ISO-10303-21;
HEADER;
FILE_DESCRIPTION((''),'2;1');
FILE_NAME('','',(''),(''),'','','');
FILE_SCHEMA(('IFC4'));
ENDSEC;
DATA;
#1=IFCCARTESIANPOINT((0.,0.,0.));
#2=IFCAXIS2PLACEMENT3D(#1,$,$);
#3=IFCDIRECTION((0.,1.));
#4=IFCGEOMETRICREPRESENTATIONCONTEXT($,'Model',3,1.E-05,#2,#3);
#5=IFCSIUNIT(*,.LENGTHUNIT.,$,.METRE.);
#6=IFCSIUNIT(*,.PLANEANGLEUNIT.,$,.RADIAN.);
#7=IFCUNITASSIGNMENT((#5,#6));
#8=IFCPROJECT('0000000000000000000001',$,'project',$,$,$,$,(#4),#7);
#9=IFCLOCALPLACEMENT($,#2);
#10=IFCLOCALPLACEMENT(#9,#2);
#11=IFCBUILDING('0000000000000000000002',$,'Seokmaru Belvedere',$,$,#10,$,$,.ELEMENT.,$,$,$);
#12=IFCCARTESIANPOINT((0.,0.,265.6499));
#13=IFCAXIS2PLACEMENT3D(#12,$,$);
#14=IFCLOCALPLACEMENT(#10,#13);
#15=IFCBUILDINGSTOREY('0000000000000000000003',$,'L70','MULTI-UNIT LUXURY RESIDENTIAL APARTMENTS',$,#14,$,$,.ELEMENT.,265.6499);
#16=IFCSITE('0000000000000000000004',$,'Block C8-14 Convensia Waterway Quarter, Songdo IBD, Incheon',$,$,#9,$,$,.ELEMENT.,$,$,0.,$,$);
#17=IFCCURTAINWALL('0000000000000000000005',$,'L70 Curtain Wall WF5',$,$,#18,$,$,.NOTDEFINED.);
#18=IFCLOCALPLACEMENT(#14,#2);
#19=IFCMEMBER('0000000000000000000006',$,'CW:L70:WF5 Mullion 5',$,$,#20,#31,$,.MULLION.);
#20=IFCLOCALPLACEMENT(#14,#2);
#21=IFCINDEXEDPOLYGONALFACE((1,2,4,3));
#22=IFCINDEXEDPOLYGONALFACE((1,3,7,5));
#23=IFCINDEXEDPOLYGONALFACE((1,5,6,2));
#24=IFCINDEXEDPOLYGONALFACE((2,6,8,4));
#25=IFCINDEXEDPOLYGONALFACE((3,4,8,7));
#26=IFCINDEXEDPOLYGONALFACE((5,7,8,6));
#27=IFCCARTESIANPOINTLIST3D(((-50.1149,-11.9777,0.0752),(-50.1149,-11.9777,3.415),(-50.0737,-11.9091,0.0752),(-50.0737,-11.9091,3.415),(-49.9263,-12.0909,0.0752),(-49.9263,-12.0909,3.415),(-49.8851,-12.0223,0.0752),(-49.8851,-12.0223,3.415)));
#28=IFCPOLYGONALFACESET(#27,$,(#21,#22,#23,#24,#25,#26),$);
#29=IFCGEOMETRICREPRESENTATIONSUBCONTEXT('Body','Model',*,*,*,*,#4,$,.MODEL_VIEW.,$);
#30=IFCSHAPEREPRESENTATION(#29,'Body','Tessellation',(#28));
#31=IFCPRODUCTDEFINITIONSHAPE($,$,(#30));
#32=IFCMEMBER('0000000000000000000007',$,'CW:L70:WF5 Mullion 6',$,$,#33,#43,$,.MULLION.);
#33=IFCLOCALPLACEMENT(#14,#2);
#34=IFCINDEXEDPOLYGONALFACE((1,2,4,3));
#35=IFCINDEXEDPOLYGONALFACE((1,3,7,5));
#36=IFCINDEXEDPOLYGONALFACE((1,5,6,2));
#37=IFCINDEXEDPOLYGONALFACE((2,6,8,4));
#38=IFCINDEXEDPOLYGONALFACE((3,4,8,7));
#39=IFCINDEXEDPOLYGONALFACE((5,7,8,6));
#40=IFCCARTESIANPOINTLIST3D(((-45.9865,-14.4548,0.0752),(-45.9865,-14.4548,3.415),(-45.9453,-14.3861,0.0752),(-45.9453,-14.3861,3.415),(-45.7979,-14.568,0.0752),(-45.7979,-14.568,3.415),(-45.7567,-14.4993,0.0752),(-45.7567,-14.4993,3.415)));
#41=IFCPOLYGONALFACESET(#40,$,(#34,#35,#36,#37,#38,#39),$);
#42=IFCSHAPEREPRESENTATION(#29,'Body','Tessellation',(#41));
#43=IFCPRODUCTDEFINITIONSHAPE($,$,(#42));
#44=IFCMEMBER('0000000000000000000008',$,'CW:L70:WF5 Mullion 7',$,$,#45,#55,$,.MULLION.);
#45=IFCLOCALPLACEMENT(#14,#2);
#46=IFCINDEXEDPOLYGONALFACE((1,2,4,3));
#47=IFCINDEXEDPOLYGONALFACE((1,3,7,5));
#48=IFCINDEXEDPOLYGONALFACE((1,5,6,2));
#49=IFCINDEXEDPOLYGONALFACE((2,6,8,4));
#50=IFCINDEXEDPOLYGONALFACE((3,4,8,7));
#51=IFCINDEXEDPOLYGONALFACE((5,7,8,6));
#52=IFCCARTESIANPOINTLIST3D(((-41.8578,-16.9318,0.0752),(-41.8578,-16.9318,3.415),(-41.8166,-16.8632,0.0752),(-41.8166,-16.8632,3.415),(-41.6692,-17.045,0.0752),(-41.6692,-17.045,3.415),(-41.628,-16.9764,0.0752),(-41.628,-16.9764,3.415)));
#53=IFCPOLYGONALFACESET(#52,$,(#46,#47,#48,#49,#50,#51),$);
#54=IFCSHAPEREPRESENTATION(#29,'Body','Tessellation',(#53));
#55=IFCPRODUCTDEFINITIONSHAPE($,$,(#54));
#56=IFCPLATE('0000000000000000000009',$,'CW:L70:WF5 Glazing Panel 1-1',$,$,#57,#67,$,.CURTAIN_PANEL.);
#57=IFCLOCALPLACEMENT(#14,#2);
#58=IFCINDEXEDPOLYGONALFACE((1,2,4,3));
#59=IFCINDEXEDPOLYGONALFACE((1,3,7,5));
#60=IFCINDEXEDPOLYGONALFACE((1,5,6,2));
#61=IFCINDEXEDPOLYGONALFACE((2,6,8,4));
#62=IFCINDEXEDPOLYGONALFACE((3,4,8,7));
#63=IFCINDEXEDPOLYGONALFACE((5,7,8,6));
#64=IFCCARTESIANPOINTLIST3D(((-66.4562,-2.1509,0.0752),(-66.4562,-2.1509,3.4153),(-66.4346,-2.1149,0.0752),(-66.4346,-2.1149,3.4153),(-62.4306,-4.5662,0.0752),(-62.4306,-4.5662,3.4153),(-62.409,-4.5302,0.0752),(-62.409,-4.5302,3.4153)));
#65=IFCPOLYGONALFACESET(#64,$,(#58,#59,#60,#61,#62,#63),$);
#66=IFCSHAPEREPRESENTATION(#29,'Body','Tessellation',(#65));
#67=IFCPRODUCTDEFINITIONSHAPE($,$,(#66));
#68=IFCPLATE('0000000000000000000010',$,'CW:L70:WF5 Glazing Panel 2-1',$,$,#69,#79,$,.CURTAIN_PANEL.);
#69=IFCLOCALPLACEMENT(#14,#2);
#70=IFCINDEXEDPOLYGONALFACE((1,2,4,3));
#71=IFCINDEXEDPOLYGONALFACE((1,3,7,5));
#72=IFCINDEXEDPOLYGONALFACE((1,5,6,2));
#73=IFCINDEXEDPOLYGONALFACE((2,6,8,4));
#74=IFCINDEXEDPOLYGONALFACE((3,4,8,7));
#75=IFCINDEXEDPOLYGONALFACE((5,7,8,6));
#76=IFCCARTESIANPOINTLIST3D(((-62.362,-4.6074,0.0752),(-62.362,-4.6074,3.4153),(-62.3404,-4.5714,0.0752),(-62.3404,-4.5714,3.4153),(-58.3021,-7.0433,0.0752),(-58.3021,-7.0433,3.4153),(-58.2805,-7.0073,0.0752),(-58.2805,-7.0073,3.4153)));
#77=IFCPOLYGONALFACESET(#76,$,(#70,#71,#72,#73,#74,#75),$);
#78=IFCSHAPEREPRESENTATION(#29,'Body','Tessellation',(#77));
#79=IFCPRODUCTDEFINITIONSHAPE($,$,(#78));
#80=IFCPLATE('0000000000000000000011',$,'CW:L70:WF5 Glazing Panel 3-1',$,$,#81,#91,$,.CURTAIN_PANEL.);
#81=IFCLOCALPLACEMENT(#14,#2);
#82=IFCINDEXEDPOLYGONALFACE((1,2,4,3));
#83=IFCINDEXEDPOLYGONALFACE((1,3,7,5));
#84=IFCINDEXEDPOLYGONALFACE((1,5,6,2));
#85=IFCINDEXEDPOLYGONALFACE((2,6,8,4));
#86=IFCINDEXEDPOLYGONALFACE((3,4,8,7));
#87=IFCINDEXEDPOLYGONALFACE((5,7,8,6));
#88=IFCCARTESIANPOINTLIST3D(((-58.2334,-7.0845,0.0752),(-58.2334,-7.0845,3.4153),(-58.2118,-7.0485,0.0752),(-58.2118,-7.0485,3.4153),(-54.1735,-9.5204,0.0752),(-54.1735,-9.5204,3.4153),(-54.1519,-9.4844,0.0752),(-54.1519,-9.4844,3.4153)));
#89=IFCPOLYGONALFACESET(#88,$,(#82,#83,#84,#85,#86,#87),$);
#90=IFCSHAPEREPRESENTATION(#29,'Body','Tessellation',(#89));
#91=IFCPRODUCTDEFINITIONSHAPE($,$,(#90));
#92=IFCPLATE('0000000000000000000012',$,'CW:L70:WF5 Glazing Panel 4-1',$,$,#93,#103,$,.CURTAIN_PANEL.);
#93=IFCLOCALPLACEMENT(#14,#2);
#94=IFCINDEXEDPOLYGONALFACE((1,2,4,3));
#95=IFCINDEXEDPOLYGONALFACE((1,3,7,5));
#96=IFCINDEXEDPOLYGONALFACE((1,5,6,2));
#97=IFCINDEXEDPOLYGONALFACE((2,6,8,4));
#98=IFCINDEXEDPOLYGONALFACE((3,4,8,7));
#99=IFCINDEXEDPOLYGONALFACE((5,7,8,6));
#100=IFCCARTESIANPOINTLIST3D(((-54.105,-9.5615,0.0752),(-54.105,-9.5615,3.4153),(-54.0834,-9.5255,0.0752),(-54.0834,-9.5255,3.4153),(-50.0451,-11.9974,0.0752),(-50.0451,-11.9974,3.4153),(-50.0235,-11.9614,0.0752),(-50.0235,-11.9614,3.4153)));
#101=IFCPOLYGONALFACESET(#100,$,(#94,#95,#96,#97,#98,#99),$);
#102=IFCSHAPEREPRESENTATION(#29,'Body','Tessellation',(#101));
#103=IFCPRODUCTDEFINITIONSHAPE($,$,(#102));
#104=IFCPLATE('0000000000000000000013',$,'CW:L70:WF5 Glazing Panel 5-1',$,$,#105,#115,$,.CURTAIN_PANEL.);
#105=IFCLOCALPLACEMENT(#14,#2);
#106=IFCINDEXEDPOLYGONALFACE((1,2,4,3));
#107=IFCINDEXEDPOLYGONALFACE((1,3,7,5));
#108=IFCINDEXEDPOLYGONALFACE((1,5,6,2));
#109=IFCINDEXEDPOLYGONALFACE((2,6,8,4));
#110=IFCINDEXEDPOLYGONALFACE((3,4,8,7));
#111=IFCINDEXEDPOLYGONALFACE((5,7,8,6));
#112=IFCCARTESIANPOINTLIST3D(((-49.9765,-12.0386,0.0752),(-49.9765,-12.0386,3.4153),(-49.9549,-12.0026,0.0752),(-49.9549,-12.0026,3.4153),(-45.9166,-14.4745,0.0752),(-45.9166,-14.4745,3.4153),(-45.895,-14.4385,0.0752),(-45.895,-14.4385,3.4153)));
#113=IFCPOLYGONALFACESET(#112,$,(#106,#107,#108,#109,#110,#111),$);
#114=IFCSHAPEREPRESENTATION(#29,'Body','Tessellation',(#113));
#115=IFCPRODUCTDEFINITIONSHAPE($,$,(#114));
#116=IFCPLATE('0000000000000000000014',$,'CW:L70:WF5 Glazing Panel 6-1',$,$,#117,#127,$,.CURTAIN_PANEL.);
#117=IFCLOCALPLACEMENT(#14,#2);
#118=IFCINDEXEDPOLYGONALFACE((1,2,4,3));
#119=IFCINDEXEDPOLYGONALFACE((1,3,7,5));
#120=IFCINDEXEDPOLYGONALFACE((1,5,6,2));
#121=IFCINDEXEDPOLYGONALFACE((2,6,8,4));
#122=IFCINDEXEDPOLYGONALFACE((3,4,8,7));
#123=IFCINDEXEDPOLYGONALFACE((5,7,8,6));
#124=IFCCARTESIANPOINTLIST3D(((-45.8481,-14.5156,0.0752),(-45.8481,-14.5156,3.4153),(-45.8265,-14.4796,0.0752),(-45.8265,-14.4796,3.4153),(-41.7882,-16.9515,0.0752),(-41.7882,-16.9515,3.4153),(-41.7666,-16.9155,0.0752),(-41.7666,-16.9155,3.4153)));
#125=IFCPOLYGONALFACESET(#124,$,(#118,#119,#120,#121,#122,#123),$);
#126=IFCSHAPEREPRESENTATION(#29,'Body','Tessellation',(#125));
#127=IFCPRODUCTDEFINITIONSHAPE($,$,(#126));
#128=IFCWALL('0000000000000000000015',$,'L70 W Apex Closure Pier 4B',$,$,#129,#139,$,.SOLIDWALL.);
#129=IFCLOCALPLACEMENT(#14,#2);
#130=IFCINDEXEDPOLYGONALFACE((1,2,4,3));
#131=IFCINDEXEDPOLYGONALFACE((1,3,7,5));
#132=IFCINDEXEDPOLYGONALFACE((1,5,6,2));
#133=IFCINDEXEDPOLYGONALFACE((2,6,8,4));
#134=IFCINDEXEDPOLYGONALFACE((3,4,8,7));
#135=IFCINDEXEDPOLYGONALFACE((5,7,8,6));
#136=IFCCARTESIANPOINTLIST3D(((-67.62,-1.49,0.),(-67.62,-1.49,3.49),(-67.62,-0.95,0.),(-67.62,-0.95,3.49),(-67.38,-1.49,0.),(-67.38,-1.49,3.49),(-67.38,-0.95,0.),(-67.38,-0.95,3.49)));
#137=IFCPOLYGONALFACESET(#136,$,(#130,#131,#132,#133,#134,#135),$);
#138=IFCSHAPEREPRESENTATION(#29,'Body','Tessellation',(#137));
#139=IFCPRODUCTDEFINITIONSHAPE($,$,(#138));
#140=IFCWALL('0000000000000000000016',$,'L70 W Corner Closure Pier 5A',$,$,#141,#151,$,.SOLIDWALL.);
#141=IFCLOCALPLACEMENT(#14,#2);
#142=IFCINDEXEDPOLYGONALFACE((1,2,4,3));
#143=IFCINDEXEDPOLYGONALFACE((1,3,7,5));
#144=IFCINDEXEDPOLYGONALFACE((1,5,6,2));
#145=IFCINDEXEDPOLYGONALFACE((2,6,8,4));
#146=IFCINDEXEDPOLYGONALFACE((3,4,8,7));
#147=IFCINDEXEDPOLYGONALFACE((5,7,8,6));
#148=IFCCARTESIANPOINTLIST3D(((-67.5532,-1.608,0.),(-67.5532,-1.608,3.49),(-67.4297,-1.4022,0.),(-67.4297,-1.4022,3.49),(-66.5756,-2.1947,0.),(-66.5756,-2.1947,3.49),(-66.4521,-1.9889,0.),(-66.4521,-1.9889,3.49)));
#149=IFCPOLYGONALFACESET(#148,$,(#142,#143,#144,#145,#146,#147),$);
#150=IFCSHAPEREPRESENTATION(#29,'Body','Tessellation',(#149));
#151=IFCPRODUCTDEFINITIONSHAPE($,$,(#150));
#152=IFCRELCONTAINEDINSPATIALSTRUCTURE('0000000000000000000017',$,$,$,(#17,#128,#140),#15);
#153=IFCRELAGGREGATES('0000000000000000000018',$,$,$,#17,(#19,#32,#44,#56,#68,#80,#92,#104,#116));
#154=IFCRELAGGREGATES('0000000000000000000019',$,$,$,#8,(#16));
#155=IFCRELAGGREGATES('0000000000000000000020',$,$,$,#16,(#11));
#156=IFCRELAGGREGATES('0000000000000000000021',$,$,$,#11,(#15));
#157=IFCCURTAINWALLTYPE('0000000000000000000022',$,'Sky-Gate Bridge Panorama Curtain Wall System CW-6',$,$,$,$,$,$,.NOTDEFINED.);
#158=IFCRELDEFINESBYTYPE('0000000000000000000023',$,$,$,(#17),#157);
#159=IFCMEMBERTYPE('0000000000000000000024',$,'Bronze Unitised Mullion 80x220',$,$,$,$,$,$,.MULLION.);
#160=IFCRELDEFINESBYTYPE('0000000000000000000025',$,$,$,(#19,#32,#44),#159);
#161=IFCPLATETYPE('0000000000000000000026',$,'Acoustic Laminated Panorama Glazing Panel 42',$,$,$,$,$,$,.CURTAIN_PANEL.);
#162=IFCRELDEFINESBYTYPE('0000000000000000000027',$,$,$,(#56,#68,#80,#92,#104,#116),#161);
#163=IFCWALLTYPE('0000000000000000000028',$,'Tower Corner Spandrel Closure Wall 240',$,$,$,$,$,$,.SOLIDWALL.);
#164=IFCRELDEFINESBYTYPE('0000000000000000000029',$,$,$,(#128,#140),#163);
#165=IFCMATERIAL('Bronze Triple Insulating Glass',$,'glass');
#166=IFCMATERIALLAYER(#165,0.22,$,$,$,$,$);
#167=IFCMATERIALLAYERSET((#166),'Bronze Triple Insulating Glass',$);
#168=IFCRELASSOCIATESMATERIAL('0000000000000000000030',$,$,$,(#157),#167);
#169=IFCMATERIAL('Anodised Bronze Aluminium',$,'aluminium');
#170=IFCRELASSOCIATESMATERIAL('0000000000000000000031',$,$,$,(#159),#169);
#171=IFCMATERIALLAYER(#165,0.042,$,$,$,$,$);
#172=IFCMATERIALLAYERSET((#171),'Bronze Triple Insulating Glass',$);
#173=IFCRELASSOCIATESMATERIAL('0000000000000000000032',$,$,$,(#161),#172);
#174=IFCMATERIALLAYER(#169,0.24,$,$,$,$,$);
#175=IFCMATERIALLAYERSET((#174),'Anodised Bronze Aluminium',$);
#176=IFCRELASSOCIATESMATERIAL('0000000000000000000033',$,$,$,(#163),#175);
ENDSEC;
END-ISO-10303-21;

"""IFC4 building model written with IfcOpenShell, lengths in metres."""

from ifc_helpers import new_model, si_unit, direction, frame, frame_2d, origin, origin_2d, place, context, subcontext, project, spatial, rectangle, extrude, source, transform, mapped, material, layer, layer_set, material_profile, profile_set, type_object, type_shapes, element, aggregate, save


model = new_model("IFC4")

# Units and contexts
model_context = context("Model", 3, precision=1e-05, world=origin(), true_north=direction((0.0, 1.0)))
body_context = subcontext(model_context, "Body", "Model", "MODEL_VIEW")
ifc_project = project(units=[si_unit("LENGTHUNIT", "METRE"), si_unit("PLANEANGLEUNIT", "RADIAN")], contexts=[model_context])

# Site, building, storey
site_placement = place(None, origin())
site = spatial("IfcSite", under=ifc_project, at=site_placement, Name="Block C8-14 Convensia Waterway Quarter, Songdo IBD, Incheon", CompositionType="ELEMENT", RefElevation=0.0)
building_placement = place(site_placement, origin())
building = spatial("IfcBuilding", under=site, at=building_placement, Name="Seokmaru Belvedere", CompositionType="ELEMENT")
storey_placement = place(building_placement, frame((0.0, 0.0, 265.6499)))
storey = spatial("IfcBuildingStorey", under=building, at=storey_placement, Name="L70", Description="MULTI-UNIT LUXURY RESIDENTIAL APARTMENTS", CompositionType="ELEMENT", Elevation=265.6499)

# Curtain wall, members, plates
ifc_material_1 = material(Name="Bronze Triple Insulating Glass", Category="glass")
ifc_layer_1 = layer(ifc_material_1, 0.22)
ifc_layer_set_1 = layer_set([ifc_layer_1], Name="Bronze Triple Insulating Glass")
curtain_wall_type = type_object("IfcCurtainWallType", Name="Sky-Gate Bridge Panorama Curtain Wall System CW-6", PredefinedType="NOTDEFINED", material=ifc_layer_set_1)
curtain_wall_placement = place(storey_placement, origin())
curtain_wall = element("IfcCurtainWall", 1, at=curtain_wall_placement, inside=storey, type_object=curtain_wall_type, Name="L70 Curtain Wall WF5", PredefinedType="NOTDEFINED")
ifc_material_2 = material(Name="Anodised Bronze Aluminium", Category="aluminium")
ifc_material_profile_1 = material_profile(ifc_material_2, rectangle(XDim=0.0801, YDim=0.22, at=origin_2d()), Name="CW-M-80x220")
ifc_profile_set_1 = profile_set([ifc_material_profile_1], Name="Anodised Bronze Aluminium")
member_type_1 = type_object("IfcMemberType", Name="Bronze Unitised Mullion 80x220", PredefinedType="MULLION", material=ifc_profile_set_1)
shared_shape_1 = source(origin(), body_context, "Body", "SweptSolid", [
    extrude(rectangle(XDim=0.0801, YDim=0.22, at=origin_2d()), origin(), (0.0, 0.0, 1.0), 3.3398),
])
member_1_placement = place(storey_placement, frame((-50.0, -12.0, 0.0752), z_axis=(0.0, 0.0, 1.0), x_axis=(0.514495, 0.857493, 0.0)))
member_1 = element("IfcMember", 2, at=member_1_placement, type_object=member_type_1, Name="CW:L70:WF5 Mullion 5", PredefinedType="MULLION", context=body_context, shape_type="MappedRepresentation", body=[
    mapped(shared_shape_1, transform((0.0, 0.0, 0.0), scale=1.0)),
])
member_2_placement = place(storey_placement, frame((-45.8716, -14.4771, 0.0752), z_axis=(0.0, 0.0, 1.0), x_axis=(0.514495, 0.857493, 0.0)))
member_2 = element("IfcMember", 3, at=member_2_placement, type_object=member_type_1, Name="CW:L70:WF5 Mullion 6", PredefinedType="MULLION", context=body_context, shape_type="MappedRepresentation", body=[
    mapped(shared_shape_1, transform((0.0, 0.0, 0.0), scale=1.0)),
])
member_3_placement = place(storey_placement, frame((-41.7429, -16.9541, 0.0752), z_axis=(0.0, 0.0, 1.0), x_axis=(0.514495, 0.857493, 0.0)))
member_3 = element("IfcMember", 4, at=member_3_placement, type_object=member_type_1, Name="CW:L70:WF5 Mullion 7", PredefinedType="MULLION", context=body_context, shape_type="MappedRepresentation", body=[
    mapped(shared_shape_1, transform((0.0, 0.0, 0.0), scale=1.0)),
])
ifc_layer_2 = layer(ifc_material_1, 0.042)
ifc_layer_set_2 = layer_set([ifc_layer_2], Name="Bronze Triple Insulating Glass")
plate_type = type_object("IfcPlateType", Name="Acoustic Laminated Panorama Glazing Panel 42", PredefinedType="CURTAIN_PANEL", material=ifc_layer_set_2)
shared_shape_2 = source(origin(), body_context, "Body", "SweptSolid", [
    extrude(rectangle(XDim=4.6946, YDim=0.042, at=origin_2d()), origin(), (0.0, 0.0, 1.0), 3.3401),
])
plate_1_placement = place(storey_placement, frame((-64.4326, -3.3406, 0.0752), z_axis=(0.0, 0.0, 1.0), x_axis=(0.857493, -0.514495, 0.0)))
plate_1 = element("IfcPlate", 5, at=plate_1_placement, type_object=plate_type, Name="CW:L70:WF5 Glazing Panel 1-1", PredefinedType="CURTAIN_PANEL", context=body_context, shape_type="MappedRepresentation", body=[
    mapped(shared_shape_2, transform((0.0, 0.0, 0.0), scale=1.0)),
])
shared_shape_3 = source(origin(), body_context, "Body", "SweptSolid", [
    extrude(rectangle(XDim=4.7346, YDim=0.042, at=origin_2d()), origin(), (0.0, 0.0, 1.0), 3.3401),
])
type_shapes(plate_type, [shared_shape_2, shared_shape_3])
plate_2_placement = place(storey_placement, frame((-60.3213, -5.8074, 0.0752), z_axis=(0.0, 0.0, 1.0), x_axis=(0.857493, -0.514495, 0.0)))
plate_2 = element("IfcPlate", 6, at=plate_2_placement, type_object=plate_type, Name="CW:L70:WF5 Glazing Panel 2-1", PredefinedType="CURTAIN_PANEL", context=body_context, shape_type="MappedRepresentation", body=[
    mapped(shared_shape_3, transform((0.0, 0.0, 0.0), scale=1.0)),
])
plate_3_placement = place(storey_placement, frame((-56.1926, -8.2844, 0.0752), z_axis=(0.0, 0.0, 1.0), x_axis=(0.857493, -0.514495, 0.0)))
plate_3 = element("IfcPlate", 7, at=plate_3_placement, type_object=plate_type, Name="CW:L70:WF5 Glazing Panel 3-1", PredefinedType="CURTAIN_PANEL", context=body_context, shape_type="MappedRepresentation", body=[
    mapped(shared_shape_3, transform((0.0, 0.0, 0.0), scale=1.0)),
])
plate_4_placement = place(storey_placement, frame((-52.0642, -10.7615, 0.0752), z_axis=(0.0, 0.0, 1.0), x_axis=(0.857493, -0.514495, 0.0)))
plate_4 = element("IfcPlate", 8, at=plate_4_placement, type_object=plate_type, Name="CW:L70:WF5 Glazing Panel 4-1", PredefinedType="CURTAIN_PANEL", context=body_context, shape_type="MappedRepresentation", body=[
    mapped(shared_shape_3, transform((0.0, 0.0, 0.0), scale=1.0)),
])
plate_5_placement = place(storey_placement, frame((-47.9358, -13.2385, 0.0752), z_axis=(0.0, 0.0, 1.0), x_axis=(0.857493, -0.514495, 0.0)))
plate_5 = element("IfcPlate", 9, at=plate_5_placement, type_object=plate_type, Name="CW:L70:WF5 Glazing Panel 5-1", PredefinedType="CURTAIN_PANEL", context=body_context, shape_type="MappedRepresentation", body=[
    mapped(shared_shape_3, transform((0.0, 0.0, 0.0), scale=1.0)),
])
plate_6_placement = place(storey_placement, frame((-43.8074, -15.7156, 0.0752), z_axis=(0.0, 0.0, 1.0), x_axis=(0.857493, -0.514495, 0.0)))
plate_6 = element("IfcPlate", 10, at=plate_6_placement, type_object=plate_type, Name="CW:L70:WF5 Glazing Panel 6-1", PredefinedType="CURTAIN_PANEL", context=body_context, shape_type="MappedRepresentation", body=[
    mapped(shared_shape_3, transform((0.0, 0.0, 0.0), scale=1.0)),
])
aggregate(curtain_wall, [member_1, member_2, member_3, plate_1, plate_2, plate_3, plate_4, plate_5, plate_6])

# Walls
ifc_layer_3 = layer(ifc_material_2, 0.24)
ifc_layer_set_3 = layer_set([ifc_layer_3], Name="Anodised Bronze Aluminium")
wall_type = type_object("IfcWallType", Name="Tower Corner Spandrel Closure Wall 240", PredefinedType="SOLIDWALL", material=ifc_layer_set_3)
wall_1_placement = place(storey_placement, frame((-67.5, -0.95, 0.0), z_axis=(0.0, 0.0, 1.0), x_axis=(0.0, -1.0, 0.0)))
element("IfcWall", 11, at=wall_1_placement, inside=storey, type_object=wall_type, Name="L70 W Apex Closure Pier 4B", PredefinedType="SOLIDWALL", context=body_context, shape_type="SweptSolid", body=[
    extrude(rectangle(XDim=0.54, YDim=0.24, at=frame_2d((0.27, 0.0))), origin(), (0.0, 0.0, 1.0), 3.49),
])
wall_2_placement = place(storey_placement, frame((-67.4915, -1.5051, 0.0), z_axis=(0.0, 0.0, 1.0), x_axis=(0.857436, -0.51459, 0.0)))
element("IfcWall", 12, at=wall_2_placement, inside=storey, type_object=wall_type, Name="L70 W Corner Closure Pier 5A", PredefinedType="SOLIDWALL", context=body_context, shape_type="SweptSolid", body=[
    extrude(rectangle(XDim=1.1401, YDim=0.24, at=frame_2d((0.5701, 0.0))), origin(), (0.0, 0.0, 1.0), 3.49),
])

save(model, "model.ifc")
